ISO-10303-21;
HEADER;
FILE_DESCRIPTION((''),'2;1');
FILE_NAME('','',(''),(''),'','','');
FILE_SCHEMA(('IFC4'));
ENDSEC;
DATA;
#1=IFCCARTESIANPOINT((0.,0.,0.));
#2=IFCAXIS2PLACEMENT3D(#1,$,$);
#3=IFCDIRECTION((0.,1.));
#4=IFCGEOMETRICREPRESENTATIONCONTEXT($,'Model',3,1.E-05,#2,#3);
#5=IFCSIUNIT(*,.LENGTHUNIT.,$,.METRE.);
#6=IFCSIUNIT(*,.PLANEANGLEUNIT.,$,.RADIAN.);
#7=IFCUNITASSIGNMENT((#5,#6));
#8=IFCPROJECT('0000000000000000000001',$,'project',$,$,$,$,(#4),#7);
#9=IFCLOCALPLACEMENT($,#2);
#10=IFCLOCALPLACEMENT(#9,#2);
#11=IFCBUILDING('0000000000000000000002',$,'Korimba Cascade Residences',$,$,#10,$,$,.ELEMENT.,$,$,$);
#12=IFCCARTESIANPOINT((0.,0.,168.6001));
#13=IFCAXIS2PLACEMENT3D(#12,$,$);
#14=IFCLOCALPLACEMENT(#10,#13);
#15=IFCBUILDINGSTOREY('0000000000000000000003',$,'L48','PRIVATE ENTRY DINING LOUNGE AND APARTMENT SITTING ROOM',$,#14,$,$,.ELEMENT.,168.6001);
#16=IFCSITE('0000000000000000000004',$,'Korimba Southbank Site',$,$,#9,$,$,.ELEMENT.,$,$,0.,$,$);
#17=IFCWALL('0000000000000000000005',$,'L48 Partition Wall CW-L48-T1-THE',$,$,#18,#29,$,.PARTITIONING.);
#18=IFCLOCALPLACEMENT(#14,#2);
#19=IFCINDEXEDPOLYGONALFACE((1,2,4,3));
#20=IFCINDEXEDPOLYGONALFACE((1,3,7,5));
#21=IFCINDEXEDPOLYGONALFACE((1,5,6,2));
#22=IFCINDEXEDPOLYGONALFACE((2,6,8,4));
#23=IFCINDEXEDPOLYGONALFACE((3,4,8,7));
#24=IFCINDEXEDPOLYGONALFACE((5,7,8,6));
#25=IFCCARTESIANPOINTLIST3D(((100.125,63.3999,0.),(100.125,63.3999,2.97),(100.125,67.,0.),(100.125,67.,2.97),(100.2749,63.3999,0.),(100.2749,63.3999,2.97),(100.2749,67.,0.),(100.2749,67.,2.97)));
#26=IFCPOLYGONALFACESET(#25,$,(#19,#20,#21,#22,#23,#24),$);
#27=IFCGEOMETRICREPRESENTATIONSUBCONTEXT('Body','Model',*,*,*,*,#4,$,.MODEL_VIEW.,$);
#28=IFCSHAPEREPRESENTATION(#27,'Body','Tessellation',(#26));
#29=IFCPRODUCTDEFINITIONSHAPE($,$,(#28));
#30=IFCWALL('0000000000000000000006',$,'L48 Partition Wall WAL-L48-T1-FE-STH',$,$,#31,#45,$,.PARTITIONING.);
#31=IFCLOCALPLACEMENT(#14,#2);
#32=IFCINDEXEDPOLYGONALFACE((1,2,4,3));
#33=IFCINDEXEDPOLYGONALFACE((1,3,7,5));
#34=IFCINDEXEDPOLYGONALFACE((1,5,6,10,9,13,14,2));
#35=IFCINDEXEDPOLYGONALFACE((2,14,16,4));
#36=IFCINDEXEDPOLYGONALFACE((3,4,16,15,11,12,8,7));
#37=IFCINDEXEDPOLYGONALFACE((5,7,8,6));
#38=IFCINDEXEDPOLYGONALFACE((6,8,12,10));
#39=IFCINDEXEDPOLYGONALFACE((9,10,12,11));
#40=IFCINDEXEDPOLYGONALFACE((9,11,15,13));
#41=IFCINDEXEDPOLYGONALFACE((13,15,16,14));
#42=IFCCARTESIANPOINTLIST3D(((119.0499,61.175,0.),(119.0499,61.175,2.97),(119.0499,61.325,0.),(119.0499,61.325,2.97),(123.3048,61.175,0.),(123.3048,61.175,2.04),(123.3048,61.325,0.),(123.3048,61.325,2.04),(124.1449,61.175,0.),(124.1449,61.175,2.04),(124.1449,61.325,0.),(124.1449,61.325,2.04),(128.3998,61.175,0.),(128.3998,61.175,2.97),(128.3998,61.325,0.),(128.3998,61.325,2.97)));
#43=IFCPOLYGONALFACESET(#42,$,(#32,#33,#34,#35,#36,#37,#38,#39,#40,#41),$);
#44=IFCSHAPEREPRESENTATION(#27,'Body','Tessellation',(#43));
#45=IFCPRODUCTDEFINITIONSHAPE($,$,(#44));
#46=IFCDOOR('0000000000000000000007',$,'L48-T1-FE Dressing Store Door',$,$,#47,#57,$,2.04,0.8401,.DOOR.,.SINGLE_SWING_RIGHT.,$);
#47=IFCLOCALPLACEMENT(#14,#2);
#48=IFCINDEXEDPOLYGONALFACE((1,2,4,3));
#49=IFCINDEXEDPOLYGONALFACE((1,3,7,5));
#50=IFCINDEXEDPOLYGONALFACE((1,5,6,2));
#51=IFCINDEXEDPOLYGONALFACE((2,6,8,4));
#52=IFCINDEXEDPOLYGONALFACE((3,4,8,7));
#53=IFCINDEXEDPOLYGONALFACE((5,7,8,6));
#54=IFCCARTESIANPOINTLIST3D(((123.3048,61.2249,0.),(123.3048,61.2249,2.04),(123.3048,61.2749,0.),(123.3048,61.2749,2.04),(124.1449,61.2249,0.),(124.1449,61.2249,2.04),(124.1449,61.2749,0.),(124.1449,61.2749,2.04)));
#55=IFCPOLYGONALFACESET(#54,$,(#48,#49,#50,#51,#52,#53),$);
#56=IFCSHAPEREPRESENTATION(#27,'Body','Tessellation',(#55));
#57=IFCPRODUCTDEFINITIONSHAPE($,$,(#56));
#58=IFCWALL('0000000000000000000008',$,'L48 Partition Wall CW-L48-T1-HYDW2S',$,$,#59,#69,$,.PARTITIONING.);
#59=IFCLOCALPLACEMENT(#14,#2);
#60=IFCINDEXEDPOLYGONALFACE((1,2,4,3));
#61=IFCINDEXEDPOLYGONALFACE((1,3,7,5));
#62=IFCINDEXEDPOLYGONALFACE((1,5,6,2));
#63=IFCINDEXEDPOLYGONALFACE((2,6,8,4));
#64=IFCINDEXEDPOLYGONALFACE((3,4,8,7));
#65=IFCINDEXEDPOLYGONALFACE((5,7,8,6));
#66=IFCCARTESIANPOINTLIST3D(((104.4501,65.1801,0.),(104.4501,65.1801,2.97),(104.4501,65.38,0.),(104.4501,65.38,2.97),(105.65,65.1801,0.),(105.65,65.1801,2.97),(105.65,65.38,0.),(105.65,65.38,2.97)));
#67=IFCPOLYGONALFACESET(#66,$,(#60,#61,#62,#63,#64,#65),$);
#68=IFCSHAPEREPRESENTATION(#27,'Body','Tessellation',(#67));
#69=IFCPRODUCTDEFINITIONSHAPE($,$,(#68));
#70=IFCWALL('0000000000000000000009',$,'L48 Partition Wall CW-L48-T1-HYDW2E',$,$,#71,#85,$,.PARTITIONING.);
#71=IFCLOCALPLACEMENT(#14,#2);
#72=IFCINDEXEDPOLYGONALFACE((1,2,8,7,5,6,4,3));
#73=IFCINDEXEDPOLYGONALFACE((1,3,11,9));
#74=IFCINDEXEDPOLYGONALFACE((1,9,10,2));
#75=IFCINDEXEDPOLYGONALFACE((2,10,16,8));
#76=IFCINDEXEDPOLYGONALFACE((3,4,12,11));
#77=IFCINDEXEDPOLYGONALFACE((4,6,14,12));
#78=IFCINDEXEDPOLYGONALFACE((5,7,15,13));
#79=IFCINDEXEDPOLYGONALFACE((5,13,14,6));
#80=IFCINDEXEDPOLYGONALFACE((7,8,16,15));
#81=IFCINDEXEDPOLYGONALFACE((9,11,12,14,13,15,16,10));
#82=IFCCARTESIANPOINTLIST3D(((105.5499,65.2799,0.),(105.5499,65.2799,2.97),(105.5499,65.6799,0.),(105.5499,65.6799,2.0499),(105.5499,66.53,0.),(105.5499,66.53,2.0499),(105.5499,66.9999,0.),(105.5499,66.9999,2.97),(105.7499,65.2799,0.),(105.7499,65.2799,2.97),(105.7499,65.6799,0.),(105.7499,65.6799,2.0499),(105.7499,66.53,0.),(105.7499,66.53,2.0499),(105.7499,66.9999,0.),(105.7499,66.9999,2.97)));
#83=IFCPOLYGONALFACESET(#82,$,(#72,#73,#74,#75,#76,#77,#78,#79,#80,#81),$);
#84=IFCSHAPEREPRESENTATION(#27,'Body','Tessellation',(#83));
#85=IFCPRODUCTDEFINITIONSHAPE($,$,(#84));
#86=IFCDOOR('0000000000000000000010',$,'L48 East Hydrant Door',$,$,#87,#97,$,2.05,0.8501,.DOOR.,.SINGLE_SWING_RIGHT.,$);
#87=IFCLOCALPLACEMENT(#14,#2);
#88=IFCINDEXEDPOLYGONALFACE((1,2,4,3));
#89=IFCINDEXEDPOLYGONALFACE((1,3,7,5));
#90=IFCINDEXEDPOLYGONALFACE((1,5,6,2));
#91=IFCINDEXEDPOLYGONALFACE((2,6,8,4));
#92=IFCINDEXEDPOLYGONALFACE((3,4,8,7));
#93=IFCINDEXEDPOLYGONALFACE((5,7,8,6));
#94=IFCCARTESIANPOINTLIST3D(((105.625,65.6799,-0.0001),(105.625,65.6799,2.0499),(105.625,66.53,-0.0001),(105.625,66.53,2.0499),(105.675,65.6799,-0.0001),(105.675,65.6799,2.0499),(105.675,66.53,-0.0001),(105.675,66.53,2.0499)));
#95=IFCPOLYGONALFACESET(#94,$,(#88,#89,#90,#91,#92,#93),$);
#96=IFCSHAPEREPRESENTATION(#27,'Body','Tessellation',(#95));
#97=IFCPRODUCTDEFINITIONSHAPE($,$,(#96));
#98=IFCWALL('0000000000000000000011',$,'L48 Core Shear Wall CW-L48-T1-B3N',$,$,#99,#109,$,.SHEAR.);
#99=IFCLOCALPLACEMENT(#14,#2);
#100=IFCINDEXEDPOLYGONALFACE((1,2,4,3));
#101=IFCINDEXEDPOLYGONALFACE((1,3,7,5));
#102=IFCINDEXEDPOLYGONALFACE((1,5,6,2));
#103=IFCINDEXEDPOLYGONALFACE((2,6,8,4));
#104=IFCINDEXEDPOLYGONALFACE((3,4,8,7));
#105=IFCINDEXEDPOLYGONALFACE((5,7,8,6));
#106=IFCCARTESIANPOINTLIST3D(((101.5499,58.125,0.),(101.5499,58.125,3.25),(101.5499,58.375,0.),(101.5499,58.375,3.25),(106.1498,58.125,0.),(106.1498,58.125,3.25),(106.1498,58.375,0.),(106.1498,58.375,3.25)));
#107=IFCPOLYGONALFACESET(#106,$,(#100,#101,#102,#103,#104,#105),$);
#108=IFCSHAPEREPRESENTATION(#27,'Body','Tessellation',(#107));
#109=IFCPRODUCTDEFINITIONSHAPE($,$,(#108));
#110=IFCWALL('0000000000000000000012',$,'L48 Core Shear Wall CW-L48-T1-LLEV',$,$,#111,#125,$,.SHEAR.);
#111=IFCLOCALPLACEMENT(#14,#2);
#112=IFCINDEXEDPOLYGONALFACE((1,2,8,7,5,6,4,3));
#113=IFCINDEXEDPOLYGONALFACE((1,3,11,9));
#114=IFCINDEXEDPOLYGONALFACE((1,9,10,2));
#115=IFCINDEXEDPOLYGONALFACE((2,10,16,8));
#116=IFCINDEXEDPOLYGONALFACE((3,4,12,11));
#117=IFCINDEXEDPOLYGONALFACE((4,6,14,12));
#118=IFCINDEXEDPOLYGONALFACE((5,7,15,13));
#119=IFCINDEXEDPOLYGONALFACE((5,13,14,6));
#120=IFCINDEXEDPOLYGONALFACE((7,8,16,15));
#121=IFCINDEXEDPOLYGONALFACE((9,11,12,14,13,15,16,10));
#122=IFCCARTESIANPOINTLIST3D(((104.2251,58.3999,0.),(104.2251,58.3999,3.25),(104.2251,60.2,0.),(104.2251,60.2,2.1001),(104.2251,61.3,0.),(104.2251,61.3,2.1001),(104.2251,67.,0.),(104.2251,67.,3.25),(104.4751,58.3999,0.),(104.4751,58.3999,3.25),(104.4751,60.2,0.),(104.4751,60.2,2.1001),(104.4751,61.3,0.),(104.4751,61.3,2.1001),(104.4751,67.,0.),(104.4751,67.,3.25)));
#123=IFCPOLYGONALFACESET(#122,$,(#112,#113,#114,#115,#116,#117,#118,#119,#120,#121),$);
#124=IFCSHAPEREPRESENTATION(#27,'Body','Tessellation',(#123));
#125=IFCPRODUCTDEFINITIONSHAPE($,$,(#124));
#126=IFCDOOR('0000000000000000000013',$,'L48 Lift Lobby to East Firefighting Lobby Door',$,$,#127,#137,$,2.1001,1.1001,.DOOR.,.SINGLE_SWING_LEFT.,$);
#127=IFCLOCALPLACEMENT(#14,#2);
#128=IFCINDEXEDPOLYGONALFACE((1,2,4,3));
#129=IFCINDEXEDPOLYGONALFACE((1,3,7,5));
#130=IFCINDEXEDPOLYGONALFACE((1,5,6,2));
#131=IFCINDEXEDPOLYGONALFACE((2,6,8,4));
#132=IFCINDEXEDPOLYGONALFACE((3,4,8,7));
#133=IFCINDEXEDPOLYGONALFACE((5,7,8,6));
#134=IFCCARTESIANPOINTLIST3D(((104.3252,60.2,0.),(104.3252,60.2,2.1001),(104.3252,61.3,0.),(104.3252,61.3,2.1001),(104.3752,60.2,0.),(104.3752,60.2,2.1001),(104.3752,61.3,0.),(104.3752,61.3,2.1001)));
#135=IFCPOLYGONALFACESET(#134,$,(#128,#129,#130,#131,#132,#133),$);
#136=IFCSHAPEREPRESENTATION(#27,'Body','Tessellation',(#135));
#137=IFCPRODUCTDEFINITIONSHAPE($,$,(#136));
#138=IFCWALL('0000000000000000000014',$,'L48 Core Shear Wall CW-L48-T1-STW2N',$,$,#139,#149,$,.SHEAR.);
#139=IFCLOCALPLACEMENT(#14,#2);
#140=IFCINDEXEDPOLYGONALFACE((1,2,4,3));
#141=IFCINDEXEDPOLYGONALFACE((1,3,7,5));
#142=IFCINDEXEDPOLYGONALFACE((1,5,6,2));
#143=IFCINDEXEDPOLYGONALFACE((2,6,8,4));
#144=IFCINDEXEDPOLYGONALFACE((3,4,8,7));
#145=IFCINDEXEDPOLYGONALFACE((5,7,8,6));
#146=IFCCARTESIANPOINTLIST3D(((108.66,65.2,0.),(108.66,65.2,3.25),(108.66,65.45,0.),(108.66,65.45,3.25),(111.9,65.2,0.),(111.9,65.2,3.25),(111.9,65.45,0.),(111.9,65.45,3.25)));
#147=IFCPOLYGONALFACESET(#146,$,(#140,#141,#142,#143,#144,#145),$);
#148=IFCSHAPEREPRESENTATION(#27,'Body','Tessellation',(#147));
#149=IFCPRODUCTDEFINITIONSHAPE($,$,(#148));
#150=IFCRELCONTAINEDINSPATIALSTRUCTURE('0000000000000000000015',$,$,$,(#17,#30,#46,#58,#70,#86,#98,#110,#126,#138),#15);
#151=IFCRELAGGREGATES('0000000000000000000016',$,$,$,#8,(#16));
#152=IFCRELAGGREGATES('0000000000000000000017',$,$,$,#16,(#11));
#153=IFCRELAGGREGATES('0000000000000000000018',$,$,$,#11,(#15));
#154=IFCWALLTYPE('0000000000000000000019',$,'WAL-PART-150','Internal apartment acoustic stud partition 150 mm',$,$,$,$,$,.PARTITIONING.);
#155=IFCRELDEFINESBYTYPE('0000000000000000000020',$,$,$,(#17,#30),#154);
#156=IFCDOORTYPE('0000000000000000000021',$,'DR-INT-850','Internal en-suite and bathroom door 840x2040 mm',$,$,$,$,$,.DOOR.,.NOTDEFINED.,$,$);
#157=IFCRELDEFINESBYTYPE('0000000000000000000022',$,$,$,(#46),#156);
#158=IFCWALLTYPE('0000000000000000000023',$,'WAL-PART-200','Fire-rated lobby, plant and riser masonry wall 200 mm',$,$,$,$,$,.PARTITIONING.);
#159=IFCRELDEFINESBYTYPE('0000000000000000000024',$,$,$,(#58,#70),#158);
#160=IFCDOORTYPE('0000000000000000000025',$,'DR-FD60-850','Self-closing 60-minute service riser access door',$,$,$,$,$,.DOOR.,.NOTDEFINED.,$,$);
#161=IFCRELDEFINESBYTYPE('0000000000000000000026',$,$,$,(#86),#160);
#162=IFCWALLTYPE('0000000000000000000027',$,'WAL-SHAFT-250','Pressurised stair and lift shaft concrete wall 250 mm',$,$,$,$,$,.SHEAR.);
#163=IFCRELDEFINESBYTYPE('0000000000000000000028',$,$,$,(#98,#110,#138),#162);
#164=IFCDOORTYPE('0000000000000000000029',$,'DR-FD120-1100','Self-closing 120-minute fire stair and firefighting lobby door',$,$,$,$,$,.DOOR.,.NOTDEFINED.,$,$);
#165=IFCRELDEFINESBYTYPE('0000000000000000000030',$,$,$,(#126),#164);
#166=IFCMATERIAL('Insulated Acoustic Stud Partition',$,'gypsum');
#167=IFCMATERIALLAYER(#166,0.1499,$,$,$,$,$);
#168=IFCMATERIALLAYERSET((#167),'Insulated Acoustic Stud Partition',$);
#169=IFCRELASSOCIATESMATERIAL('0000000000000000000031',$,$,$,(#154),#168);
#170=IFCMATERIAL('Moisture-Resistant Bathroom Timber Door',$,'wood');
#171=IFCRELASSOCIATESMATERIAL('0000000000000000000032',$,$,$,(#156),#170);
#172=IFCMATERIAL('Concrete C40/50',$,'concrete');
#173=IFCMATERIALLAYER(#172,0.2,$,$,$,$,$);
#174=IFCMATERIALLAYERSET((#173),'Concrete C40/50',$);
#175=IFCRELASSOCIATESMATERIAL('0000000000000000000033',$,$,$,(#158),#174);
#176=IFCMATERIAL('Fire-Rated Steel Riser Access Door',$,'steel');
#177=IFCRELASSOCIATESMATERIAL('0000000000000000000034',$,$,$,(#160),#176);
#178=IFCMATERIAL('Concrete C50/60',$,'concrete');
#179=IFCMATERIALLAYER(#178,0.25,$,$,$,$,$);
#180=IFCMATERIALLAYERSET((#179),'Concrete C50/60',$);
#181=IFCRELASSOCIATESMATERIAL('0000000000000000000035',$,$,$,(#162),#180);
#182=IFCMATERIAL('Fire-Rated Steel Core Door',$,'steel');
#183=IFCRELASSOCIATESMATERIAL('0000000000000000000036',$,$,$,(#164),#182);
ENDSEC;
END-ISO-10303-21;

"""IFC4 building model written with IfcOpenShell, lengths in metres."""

from ifc_helpers import new_model, si_unit, direction, frame, frame_2d, origin, place, context, subcontext, project, spatial, rectangle, extrude, material, layer, layer_set, type_object, element, fill, save


model = new_model("IFC4")

# Units and contexts
model_context = context("Model", 3, precision=1e-05, world=origin(), true_north=direction((0.0, 1.0)))
body_context = subcontext(model_context, "Body", "Model", "MODEL_VIEW")
ifc_project = project(units=[si_unit("LENGTHUNIT", "METRE"), si_unit("PLANEANGLEUNIT", "RADIAN")], contexts=[model_context])

# Site, building, storey
site_placement = place(None, origin())
site = spatial("IfcSite", under=ifc_project, at=site_placement, Name="Korimba Southbank Site", CompositionType="ELEMENT", RefElevation=0.0)
building_placement = place(site_placement, origin())
building = spatial("IfcBuilding", under=site, at=building_placement, Name="Korimba Cascade Residences", CompositionType="ELEMENT")
storey_placement = place(building_placement, frame((0.0, 0.0, 168.6001)))
storey = spatial("IfcBuildingStorey", under=building, at=storey_placement, Name="L48", Description="PRIVATE ENTRY DINING LOUNGE AND APARTMENT SITTING ROOM", CompositionType="ELEMENT", Elevation=168.6001)

# Wall
ifc_material_1 = material(Name="Insulated Acoustic Stud Partition", Category="gypsum")
ifc_layer_1 = layer(ifc_material_1, 0.1499)
ifc_layer_set_1 = layer_set([ifc_layer_1], Name="Insulated Acoustic Stud Partition")
wall_type_1 = type_object("IfcWallType", Name="WAL-PART-150", Description="Internal apartment acoustic stud partition 150 mm", PredefinedType="PARTITIONING", material=ifc_layer_set_1)
for number, where, z_axis, x_axis, name in (
    (1, (100.2, 63.3999, 0.0), (0.0, 0.0, 1.0), (0.0, 1.0, 0.0), "L48 Partition Wall CW-L48-T1-THE"),
):
    element("IfcWall", number, at=place(storey_placement, frame(where, z_axis=z_axis, x_axis=x_axis)), inside=storey, type_object=wall_type_1, Name=name, PredefinedType="PARTITIONING", context=body_context, shape_type="SweptSolid", body=[
        extrude(rectangle(XDim=3.6001, YDim=0.1499, at=frame_2d((1.8, 0.0))), origin(), (0.0, 0.0, 1.0), 2.97),
    ])

# Wall, opening, door
wall_1_placement = place(storey_placement, frame((119.05, 61.25, 0.0), z_axis=(0.0, 0.0, 1.0), x_axis=(1.0, 0.0, 0.0)))
wall_1 = element("IfcWall", 2, at=wall_1_placement, inside=storey, type_object=wall_type_1, Name="L48 Partition Wall WAL-L48-T1-FE-STH", PredefinedType="PARTITIONING", context=body_context, shape_type="SweptSolid", body=[
    extrude(rectangle(XDim=9.3499, YDim=0.1499, at=frame_2d((4.6748, 0.0))), origin(), (0.0, 0.0, 1.0), 2.97),
])
opening_1_placement = place(wall_1_placement, frame((4.2549, 0.0, 0.0)))
opening_1 = element("IfcOpeningElement", 3, at=opening_1_placement, cuts=wall_1, PredefinedType="OPENING", context=body_context, shape_type="SweptSolid", body=[
    extrude(rectangle(XDim=0.8401, YDim=2.04, at=frame_2d((0.4199, 1.02))), frame((0.0, 0.085, 0.0), z_axis=(0.0, -1.0, 0.0), x_axis=(1.0, 0.0, 0.0)), (0.0, 0.0, 1.0), 0.1699),
])
ifc_material_2 = material(Name="Moisture-Resistant Bathroom Timber Door", Category="wood")
door_type_1 = type_object("IfcDoorType", Name="DR-INT-850", Description="Internal en-suite and bathroom door 840x2040 mm", OperationType="NOTDEFINED", PredefinedType="DOOR", material=ifc_material_2)
door_1_placement = place(opening_1_placement, origin())
door_1 = element("IfcDoor", 4, at=door_1_placement, inside=storey, type_object=door_type_1, Name="L48-T1-FE Dressing Store Door", OperationType="SINGLE_SWING_RIGHT", OverallHeight=2.04, OverallWidth=0.8401, PredefinedType="DOOR", context=body_context, shape_type="SweptSolid", body=[
    extrude(rectangle(XDim=0.8401, YDim=2.04, at=frame_2d((0.4199, 1.02))), frame((0.0, 0.0249, 0.0), z_axis=(0.0, -1.0, 0.0), x_axis=(1.0, 0.0, 0.0)), (0.0, 0.0, 1.0), 0.05),
])
fill(opening_1, door_1)

# Wall
ifc_material_3 = material(Name="Concrete C40/50", Category="concrete")
ifc_layer_2 = layer(ifc_material_3, 0.2)
ifc_layer_set_2 = layer_set([ifc_layer_2], Name="Concrete C40/50")
wall_type_2 = type_object("IfcWallType", Name="WAL-PART-200", Description="Fire-rated lobby, plant and riser masonry wall 200 mm", PredefinedType="PARTITIONING", material=ifc_layer_set_2)
wall_2_placement = place(storey_placement, frame((104.45, 65.28, 0.0), z_axis=(0.0, 0.0, 1.0), x_axis=(1.0, 0.0, 0.0)))
element("IfcWall", 5, at=wall_2_placement, inside=storey, type_object=wall_type_2, Name="L48 Partition Wall CW-L48-T1-HYDW2S", PredefinedType="PARTITIONING", context=body_context, shape_type="SweptSolid", body=[
    extrude(rectangle(XDim=1.2, YDim=0.2, at=frame_2d((0.6001, 0.0))), origin(), (0.0, 0.0, 1.0), 2.97),
])

# Wall, opening, door
wall_3_placement = place(storey_placement, frame((105.6499, 65.28, 0.0), z_axis=(0.0, 0.0, 1.0), x_axis=(0.0, 1.0, 0.0)))
wall_3 = element("IfcWall", 6, at=wall_3_placement, inside=storey, type_object=wall_type_2, Name="L48 Partition Wall CW-L48-T1-HYDW2E", PredefinedType="PARTITIONING", context=body_context, shape_type="SweptSolid", body=[
    extrude(rectangle(XDim=1.72, YDim=0.2, at=frame_2d((0.8599, 0.0))), origin(), (0.0, 0.0, 1.0), 2.97),
])
opening_2_placement = place(wall_3_placement, frame((0.3999, 0.0, 0.0)))
opening_2 = element("IfcOpeningElement", 7, at=opening_2_placement, cuts=wall_3, PredefinedType="OPENING", context=body_context, shape_type="SweptSolid", body=[
    extrude(rectangle(XDim=0.8501, YDim=2.05, at=frame_2d((0.425, 1.0249))), frame((0.0, 0.1099, 0.0), z_axis=(0.0, -1.0, 0.0), x_axis=(1.0, 0.0, 0.0)), (0.0, 0.0, 1.0), 0.22),
])
ifc_material_4 = material(Name="Fire-Rated Steel Riser Access Door", Category="steel")
door_type_2 = type_object("IfcDoorType", Name="DR-FD60-850", Description="Self-closing 60-minute service riser access door", OperationType="NOTDEFINED", PredefinedType="DOOR", material=ifc_material_4)
door_2_placement = place(opening_2_placement, origin())
door_2 = element("IfcDoor", 8, at=door_2_placement, inside=storey, type_object=door_type_2, Name="L48 East Hydrant Door", OperationType="SINGLE_SWING_RIGHT", OverallHeight=2.05, OverallWidth=0.8501, PredefinedType="DOOR", context=body_context, shape_type="SweptSolid", body=[
    extrude(rectangle(XDim=0.8501, YDim=2.05, at=frame_2d((0.425, 1.0249))), frame((0.0, 0.0249, 0.0), z_axis=(0.0, -1.0, 0.0), x_axis=(1.0, 0.0, 0.0)), (0.0, 0.0, 1.0), 0.05),
])
fill(opening_2, door_2)

# Wall
ifc_material_5 = material(Name="Concrete C50/60", Category="concrete")
ifc_layer_3 = layer(ifc_material_5, 0.25)
ifc_layer_set_3 = layer_set([ifc_layer_3], Name="Concrete C50/60")
wall_type_3 = type_object("IfcWallType", Name="WAL-SHAFT-250", Description="Pressurised stair and lift shaft concrete wall 250 mm", PredefinedType="SHEAR", material=ifc_layer_set_3)
wall_4_placement = place(storey_placement, frame((101.55, 58.25, 0.0), z_axis=(0.0, 0.0, 1.0), x_axis=(1.0, 0.0, 0.0)))
element("IfcWall", 9, at=wall_4_placement, inside=storey, type_object=wall_type_3, Name="L48 Core Shear Wall CW-L48-T1-B3N", PredefinedType="SHEAR", context=body_context, shape_type="SweptSolid", body=[
    extrude(rectangle(XDim=4.5999, YDim=0.25, at=frame_2d((2.2998, 0.0))), origin(), (0.0, 0.0, 1.0), 3.25),
])

# Wall, opening, door
wall_5_placement = place(storey_placement, frame((104.3501, 58.3999, 0.0), z_axis=(0.0, 0.0, 1.0), x_axis=(0.0, 1.0, 0.0)))
wall_5 = element("IfcWall", 10, at=wall_5_placement, inside=storey, type_object=wall_type_3, Name="L48 Core Shear Wall CW-L48-T1-LLEV", PredefinedType="SHEAR", context=body_context, shape_type="SweptSolid", body=[
    extrude(rectangle(XDim=8.6001, YDim=0.25, at=frame_2d((4.3, 0.0))), origin(), (0.0, 0.0, 1.0), 3.25),
])
opening_3_placement = place(wall_5_placement, frame((1.8, 0.0, 0.0)))
opening_3 = element("IfcOpeningElement", 11, at=opening_3_placement, cuts=wall_5, PredefinedType="OPENING", context=body_context, shape_type="SweptSolid", body=[
    extrude(rectangle(XDim=1.1001, YDim=2.1001, at=frame_2d((0.55, 1.05))), frame((0.0, 0.135, 0.0), z_axis=(0.0, -1.0, 0.0), x_axis=(1.0, 0.0, 0.0)), (0.0, 0.0, 1.0), 0.27),
])
ifc_material_6 = material(Name="Fire-Rated Steel Core Door", Category="steel")
door_type_3 = type_object("IfcDoorType", Name="DR-FD120-1100", Description="Self-closing 120-minute fire stair and firefighting lobby door", OperationType="NOTDEFINED", PredefinedType="DOOR", material=ifc_material_6)
door_3_placement = place(opening_3_placement, origin())
door_3 = element("IfcDoor", 12, at=door_3_placement, inside=storey, type_object=door_type_3, Name="L48 Lift Lobby to East Firefighting Lobby Door", OperationType="SINGLE_SWING_LEFT", OverallHeight=2.1001, OverallWidth=1.1001, PredefinedType="DOOR", context=body_context, shape_type="SweptSolid", body=[
    extrude(rectangle(XDim=1.1001, YDim=2.1001, at=frame_2d((0.55, 1.05))), frame((0.0, 0.0249, 0.0), z_axis=(0.0, -1.0, 0.0), x_axis=(1.0, 0.0, 0.0)), (0.0, 0.0, 1.0), 0.05),
])
fill(opening_3, door_3)

# Wall
wall_6_placement = place(storey_placement, frame((108.6599, 65.325, 0.0), z_axis=(0.0, 0.0, 1.0), x_axis=(1.0, 0.0, 0.0)))
element("IfcWall", 13, at=wall_6_placement, inside=storey, type_object=wall_type_3, Name="L48 Core Shear Wall CW-L48-T1-STW2N", PredefinedType="SHEAR", context=body_context, shape_type="SweptSolid", body=[
    extrude(rectangle(XDim=3.24, YDim=0.25, at=frame_2d((1.6201, 0.0))), origin(), (0.0, 0.0, 1.0), 3.25),
])

save(model, "model.ifc")
